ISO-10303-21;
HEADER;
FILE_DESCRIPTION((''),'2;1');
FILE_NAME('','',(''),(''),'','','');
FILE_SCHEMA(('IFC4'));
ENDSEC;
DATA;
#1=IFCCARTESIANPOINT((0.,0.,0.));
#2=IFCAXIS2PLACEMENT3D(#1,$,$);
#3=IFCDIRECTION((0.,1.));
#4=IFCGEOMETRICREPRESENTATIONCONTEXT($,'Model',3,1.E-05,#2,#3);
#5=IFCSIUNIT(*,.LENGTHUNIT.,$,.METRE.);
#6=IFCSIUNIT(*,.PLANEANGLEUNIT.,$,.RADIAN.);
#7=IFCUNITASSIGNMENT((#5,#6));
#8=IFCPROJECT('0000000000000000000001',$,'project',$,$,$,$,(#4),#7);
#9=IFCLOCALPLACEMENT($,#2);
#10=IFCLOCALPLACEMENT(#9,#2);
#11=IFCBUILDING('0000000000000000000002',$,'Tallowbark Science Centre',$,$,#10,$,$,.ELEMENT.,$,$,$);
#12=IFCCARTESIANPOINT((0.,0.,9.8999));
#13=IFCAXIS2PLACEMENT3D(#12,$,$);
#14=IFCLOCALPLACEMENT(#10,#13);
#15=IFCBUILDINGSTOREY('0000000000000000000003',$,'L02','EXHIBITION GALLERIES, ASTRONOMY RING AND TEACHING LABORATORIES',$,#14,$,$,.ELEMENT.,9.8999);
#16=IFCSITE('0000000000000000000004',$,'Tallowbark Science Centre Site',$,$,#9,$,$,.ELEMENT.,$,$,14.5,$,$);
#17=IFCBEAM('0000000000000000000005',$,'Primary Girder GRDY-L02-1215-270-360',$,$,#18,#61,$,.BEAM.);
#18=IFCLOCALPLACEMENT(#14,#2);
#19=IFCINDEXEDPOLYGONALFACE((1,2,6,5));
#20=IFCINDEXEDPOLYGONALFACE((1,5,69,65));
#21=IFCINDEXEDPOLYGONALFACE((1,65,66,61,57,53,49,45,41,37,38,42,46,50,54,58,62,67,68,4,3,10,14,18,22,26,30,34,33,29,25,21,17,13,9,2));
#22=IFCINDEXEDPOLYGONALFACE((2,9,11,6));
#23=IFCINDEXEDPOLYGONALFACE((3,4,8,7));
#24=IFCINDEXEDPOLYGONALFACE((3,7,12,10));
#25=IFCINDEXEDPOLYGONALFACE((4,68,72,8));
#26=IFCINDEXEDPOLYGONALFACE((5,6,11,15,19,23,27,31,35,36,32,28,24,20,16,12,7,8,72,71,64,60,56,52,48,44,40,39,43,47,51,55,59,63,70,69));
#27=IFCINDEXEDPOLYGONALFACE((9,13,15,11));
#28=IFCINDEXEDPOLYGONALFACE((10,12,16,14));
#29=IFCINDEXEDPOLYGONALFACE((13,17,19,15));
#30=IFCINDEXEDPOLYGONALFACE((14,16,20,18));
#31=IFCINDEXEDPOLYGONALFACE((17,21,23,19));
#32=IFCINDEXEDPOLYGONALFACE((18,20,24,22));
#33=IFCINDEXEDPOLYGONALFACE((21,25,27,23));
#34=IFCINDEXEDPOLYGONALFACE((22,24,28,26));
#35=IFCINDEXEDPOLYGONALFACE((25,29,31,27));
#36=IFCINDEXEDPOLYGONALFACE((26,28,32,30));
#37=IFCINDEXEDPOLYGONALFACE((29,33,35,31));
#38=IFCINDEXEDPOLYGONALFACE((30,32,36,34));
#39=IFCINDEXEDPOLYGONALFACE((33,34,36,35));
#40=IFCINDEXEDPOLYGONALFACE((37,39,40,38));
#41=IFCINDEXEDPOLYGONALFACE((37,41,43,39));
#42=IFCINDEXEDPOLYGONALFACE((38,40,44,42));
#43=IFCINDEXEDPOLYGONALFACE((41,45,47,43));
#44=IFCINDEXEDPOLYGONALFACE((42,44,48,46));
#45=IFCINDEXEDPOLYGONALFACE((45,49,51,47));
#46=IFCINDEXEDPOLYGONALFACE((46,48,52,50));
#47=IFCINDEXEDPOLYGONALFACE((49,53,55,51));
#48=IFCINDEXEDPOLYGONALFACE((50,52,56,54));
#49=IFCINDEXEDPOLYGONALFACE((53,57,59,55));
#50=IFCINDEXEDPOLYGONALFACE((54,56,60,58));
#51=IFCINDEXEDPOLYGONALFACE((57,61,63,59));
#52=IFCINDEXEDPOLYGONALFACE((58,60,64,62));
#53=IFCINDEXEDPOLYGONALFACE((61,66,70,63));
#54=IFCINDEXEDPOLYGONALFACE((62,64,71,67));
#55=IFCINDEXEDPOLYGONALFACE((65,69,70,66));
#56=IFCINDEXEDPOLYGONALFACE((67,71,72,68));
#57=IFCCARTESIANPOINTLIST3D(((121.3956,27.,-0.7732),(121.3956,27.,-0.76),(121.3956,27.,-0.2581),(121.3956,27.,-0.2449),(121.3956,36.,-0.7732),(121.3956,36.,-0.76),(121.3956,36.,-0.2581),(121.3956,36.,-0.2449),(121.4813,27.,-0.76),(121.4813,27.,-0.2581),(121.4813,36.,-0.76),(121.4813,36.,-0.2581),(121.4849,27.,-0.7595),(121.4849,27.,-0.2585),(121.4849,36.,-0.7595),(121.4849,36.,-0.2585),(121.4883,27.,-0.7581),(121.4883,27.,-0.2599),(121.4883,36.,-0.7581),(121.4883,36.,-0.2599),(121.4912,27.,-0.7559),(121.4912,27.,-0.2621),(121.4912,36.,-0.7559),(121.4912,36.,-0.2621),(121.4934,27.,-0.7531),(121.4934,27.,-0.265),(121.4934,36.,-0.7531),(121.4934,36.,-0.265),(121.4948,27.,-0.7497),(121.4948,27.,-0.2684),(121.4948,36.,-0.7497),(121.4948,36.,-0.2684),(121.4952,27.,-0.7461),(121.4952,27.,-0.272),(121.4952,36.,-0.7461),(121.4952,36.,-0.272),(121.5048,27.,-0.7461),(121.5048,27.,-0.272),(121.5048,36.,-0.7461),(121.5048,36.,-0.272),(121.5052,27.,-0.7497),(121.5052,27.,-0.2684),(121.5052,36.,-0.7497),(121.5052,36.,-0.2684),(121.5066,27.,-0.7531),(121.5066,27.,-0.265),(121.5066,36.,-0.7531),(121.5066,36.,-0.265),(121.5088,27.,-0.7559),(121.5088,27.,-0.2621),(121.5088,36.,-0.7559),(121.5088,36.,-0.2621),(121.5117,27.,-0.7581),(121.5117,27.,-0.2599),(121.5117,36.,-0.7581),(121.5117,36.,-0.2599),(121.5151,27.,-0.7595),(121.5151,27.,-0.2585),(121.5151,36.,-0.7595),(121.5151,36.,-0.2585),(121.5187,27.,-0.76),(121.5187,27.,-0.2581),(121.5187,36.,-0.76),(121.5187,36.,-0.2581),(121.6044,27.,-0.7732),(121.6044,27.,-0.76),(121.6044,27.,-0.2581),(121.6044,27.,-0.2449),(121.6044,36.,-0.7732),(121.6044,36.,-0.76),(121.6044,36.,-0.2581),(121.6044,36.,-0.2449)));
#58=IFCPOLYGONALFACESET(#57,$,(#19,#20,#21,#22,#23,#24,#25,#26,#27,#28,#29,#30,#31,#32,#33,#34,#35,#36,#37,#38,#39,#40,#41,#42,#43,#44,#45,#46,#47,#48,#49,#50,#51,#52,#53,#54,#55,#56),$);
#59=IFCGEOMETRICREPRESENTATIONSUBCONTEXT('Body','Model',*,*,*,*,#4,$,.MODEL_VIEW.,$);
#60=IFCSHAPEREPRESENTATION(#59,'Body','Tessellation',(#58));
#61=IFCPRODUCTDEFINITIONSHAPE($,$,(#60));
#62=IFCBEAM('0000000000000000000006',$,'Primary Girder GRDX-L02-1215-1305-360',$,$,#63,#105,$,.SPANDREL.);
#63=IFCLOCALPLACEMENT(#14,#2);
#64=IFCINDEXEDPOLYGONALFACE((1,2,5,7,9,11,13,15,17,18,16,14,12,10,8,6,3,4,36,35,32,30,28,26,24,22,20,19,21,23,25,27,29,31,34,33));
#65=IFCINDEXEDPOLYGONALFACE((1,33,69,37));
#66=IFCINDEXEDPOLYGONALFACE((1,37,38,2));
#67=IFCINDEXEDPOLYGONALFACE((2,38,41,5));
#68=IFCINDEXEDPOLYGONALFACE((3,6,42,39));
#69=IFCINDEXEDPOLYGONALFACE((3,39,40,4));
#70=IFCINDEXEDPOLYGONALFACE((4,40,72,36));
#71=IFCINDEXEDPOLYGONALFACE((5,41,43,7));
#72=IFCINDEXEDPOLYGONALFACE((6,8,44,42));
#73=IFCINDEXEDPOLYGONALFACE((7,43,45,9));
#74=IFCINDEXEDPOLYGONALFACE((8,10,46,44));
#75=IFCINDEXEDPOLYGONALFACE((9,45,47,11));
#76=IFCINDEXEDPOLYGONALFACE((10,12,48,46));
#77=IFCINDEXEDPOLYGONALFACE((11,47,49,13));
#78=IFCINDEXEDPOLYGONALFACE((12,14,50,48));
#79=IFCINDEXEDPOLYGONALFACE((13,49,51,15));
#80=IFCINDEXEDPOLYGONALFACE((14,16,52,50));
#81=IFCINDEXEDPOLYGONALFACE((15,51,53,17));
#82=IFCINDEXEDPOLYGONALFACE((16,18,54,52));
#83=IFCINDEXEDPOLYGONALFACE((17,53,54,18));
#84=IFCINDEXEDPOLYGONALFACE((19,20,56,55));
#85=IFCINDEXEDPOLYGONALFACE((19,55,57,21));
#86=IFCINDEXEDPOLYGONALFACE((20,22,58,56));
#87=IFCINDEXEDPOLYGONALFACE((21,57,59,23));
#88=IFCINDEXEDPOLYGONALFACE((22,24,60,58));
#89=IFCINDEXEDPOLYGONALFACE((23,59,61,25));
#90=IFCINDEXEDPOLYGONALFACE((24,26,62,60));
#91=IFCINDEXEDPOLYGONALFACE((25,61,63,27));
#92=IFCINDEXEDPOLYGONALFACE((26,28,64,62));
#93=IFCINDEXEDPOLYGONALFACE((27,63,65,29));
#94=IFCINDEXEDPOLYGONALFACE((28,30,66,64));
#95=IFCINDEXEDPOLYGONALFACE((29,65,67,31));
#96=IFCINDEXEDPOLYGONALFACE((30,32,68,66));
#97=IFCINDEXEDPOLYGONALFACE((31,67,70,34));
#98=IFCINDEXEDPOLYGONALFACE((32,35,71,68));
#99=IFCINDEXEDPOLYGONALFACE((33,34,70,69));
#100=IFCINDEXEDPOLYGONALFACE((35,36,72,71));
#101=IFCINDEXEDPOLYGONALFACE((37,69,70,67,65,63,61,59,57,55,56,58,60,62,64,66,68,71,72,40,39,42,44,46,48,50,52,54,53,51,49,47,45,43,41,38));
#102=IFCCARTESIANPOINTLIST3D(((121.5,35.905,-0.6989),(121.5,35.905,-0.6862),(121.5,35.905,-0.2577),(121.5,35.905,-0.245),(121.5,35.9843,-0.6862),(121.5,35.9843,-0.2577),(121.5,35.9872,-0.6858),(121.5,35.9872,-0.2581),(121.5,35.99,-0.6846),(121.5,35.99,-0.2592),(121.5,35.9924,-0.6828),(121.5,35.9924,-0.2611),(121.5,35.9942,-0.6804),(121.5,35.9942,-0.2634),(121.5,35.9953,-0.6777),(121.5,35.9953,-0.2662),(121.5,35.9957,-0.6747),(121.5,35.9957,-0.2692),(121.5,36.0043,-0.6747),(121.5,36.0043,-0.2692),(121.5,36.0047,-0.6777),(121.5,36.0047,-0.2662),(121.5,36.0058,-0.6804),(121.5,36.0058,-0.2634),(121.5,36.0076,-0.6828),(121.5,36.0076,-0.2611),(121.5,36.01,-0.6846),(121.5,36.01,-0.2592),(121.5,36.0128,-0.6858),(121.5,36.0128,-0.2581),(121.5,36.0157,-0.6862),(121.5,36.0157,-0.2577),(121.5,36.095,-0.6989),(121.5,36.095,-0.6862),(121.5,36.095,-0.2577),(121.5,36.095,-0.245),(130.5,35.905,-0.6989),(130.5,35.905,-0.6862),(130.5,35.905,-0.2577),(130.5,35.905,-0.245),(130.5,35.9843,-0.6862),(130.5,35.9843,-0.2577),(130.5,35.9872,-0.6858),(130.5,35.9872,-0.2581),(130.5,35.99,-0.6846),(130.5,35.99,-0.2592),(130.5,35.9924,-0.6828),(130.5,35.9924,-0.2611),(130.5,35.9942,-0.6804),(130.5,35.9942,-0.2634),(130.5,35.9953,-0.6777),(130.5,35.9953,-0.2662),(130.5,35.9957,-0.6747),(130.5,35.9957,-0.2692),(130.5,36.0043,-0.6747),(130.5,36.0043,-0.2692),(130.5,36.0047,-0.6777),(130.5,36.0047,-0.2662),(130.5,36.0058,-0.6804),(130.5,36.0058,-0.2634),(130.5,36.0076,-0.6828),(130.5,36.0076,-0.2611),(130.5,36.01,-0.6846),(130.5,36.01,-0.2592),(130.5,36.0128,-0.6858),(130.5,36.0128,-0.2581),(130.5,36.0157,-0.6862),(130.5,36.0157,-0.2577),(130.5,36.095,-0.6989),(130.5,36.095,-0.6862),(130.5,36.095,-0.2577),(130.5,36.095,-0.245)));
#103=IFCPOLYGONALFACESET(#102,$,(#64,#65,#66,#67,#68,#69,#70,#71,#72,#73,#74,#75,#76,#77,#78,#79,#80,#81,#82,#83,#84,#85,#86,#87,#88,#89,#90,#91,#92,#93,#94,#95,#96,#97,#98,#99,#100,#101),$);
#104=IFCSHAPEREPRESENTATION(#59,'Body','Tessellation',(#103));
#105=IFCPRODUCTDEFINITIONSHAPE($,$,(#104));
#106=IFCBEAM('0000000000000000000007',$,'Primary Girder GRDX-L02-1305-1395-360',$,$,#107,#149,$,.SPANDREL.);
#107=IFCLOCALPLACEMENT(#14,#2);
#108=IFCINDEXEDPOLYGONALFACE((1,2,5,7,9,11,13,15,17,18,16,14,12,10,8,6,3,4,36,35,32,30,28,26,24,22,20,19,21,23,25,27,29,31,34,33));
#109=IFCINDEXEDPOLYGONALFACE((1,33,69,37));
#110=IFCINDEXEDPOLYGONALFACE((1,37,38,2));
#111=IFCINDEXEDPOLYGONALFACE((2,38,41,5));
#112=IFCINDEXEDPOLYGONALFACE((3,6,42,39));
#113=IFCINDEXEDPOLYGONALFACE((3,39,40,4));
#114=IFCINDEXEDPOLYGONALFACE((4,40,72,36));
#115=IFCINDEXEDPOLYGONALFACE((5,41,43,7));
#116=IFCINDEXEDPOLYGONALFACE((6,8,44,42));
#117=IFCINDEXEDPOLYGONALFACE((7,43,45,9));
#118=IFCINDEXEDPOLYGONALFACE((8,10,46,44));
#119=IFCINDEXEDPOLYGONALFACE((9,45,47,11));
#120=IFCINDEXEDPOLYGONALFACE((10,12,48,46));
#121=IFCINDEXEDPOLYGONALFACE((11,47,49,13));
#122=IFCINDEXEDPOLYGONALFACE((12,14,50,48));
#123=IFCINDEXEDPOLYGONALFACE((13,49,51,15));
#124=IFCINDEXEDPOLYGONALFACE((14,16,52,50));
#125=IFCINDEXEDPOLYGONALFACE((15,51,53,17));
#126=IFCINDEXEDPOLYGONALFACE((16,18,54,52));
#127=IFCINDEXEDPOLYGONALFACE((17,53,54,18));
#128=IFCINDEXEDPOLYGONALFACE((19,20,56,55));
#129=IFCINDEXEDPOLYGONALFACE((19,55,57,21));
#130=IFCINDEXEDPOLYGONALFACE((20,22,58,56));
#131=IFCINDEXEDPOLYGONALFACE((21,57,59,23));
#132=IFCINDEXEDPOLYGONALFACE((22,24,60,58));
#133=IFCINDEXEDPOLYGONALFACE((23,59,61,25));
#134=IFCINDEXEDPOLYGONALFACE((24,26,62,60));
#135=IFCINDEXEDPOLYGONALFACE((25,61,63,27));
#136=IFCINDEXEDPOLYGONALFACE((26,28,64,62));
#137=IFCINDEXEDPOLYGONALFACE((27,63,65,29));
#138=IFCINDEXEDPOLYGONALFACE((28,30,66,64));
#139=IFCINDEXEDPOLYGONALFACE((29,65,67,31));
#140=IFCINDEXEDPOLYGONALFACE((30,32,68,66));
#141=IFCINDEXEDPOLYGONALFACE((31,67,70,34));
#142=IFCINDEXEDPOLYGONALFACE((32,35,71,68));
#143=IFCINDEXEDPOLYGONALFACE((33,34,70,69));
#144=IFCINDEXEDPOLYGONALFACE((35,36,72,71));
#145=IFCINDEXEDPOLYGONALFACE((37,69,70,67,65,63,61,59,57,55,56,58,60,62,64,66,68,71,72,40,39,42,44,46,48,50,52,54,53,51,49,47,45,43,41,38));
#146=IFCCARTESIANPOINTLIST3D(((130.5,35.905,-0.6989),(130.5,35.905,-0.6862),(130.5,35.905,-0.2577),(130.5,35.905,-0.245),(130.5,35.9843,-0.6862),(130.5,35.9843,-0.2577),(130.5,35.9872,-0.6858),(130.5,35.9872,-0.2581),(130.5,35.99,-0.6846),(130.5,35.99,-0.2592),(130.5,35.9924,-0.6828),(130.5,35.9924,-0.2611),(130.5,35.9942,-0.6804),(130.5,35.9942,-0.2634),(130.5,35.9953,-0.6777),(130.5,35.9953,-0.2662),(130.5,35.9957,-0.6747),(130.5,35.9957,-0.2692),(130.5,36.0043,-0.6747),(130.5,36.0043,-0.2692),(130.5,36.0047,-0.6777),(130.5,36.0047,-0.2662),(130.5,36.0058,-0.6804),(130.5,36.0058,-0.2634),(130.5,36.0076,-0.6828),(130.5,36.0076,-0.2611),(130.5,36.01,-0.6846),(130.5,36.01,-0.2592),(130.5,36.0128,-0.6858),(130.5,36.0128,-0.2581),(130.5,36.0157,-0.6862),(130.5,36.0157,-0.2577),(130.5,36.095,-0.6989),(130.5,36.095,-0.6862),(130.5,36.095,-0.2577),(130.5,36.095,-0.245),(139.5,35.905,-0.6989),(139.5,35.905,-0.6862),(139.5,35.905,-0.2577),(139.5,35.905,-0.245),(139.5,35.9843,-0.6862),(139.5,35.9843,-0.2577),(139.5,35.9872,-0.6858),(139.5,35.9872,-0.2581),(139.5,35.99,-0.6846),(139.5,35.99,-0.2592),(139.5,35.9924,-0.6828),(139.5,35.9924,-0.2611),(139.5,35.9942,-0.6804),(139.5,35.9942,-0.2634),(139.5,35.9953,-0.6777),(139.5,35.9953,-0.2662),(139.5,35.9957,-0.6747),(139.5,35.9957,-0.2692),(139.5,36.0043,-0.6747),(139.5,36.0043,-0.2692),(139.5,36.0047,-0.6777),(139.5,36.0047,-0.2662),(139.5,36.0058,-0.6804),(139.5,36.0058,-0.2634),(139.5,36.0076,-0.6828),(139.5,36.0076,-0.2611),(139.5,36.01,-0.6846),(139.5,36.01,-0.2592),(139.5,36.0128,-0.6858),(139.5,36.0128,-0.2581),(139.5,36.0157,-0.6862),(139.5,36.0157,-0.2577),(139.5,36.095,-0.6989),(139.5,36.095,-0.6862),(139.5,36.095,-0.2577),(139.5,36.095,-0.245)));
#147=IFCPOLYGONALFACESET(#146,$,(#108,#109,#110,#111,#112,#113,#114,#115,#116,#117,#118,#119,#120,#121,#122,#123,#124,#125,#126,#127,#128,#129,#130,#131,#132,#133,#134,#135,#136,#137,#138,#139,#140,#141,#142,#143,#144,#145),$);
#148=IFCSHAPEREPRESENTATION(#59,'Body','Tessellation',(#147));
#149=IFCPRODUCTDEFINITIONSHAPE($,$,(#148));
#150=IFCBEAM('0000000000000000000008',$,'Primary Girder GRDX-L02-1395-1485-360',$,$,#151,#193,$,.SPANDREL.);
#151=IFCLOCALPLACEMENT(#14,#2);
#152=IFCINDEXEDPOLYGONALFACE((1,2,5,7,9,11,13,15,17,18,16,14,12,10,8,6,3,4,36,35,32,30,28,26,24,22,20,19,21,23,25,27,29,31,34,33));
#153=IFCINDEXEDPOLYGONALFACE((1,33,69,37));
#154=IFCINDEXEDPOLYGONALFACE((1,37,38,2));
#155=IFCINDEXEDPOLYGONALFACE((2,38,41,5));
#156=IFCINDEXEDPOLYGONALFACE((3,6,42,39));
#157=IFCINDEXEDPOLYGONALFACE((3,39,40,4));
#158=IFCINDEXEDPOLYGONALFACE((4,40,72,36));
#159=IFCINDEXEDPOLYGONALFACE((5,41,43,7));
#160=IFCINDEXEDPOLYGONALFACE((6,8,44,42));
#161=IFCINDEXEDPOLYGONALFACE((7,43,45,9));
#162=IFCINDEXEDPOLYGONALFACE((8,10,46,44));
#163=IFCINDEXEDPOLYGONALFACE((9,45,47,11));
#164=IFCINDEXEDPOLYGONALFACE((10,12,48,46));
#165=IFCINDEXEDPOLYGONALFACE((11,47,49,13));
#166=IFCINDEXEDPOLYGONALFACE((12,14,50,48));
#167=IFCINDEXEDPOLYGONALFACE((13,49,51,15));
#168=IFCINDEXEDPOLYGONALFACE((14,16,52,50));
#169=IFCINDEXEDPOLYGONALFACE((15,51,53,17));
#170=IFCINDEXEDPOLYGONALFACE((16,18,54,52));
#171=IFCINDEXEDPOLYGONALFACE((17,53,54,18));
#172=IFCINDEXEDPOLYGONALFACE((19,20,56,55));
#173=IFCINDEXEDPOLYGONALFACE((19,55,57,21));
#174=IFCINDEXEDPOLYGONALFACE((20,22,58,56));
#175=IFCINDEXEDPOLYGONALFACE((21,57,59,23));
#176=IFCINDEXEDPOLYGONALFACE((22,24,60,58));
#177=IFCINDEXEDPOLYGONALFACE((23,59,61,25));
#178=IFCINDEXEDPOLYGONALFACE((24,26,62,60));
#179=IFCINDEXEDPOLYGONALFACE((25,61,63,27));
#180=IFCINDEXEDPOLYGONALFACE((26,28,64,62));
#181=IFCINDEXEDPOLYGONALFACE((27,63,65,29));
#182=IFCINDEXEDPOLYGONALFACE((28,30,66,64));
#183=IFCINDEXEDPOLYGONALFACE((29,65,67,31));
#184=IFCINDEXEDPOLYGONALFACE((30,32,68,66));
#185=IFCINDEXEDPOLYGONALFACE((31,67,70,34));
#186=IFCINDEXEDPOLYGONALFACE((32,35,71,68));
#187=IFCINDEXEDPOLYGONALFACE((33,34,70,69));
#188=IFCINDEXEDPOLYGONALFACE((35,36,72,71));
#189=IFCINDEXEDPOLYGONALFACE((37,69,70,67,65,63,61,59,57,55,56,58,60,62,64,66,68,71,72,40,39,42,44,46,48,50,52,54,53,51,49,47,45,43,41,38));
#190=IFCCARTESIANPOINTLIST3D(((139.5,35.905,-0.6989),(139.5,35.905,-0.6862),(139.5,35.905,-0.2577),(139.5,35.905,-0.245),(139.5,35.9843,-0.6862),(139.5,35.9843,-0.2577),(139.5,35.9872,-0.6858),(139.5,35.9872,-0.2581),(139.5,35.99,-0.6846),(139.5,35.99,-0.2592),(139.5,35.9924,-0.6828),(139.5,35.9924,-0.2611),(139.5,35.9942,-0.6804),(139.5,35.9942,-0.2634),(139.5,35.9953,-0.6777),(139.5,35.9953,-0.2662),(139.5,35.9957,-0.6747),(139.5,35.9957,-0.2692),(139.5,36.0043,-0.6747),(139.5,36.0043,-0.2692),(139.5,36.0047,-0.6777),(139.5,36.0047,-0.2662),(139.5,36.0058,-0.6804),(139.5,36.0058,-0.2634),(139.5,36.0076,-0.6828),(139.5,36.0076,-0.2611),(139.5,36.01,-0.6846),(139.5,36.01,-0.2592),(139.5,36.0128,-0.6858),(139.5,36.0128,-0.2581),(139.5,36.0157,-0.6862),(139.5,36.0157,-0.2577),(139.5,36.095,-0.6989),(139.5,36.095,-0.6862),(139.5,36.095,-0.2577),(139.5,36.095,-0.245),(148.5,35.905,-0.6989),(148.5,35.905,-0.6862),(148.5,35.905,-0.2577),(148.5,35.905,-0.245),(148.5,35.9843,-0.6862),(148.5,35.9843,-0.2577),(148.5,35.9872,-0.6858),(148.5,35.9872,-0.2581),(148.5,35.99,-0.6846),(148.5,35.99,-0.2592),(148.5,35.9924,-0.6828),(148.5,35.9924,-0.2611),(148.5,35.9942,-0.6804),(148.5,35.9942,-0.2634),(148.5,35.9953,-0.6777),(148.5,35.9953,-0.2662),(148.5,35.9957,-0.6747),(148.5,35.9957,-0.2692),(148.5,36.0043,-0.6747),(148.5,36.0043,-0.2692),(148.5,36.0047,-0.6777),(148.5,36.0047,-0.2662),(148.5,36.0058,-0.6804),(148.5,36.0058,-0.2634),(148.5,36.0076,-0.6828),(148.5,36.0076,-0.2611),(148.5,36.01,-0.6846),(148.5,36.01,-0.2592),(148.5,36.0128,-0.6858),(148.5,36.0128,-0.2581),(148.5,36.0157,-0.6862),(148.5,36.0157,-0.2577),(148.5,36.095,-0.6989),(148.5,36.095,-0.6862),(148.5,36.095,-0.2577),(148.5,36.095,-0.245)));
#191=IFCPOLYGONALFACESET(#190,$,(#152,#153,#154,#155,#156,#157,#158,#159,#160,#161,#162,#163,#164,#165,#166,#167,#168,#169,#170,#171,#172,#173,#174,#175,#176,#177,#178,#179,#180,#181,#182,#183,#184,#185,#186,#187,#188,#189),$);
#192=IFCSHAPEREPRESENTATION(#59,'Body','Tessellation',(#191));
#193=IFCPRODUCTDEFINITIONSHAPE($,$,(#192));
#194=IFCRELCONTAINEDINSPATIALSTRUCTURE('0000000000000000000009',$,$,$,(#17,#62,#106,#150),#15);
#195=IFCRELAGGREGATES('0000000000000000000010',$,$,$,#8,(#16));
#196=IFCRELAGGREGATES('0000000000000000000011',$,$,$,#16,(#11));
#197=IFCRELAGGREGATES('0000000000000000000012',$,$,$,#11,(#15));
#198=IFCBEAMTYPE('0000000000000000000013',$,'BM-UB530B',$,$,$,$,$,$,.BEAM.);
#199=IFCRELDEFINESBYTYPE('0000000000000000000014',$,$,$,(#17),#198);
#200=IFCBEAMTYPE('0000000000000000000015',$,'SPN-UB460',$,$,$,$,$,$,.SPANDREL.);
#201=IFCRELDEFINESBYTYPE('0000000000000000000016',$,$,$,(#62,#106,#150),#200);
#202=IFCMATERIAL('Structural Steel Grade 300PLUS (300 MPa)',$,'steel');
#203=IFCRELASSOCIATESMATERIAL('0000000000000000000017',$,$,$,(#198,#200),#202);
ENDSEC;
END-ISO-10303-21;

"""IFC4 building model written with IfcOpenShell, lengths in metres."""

from ifc_helpers import new_model, si_unit, direction, frame, origin, origin_2d, place, context, subcontext, project, spatial, i_section, extrude, material, material_profile, profile_set, type_object, element, save


model = new_model("IFC4")

# Units and contexts
model_context = context("Model", 3, precision=1e-05, world=origin(), true_north=direction((0.0, 1.0)))
body_context = subcontext(model_context, "Body", "Model", "MODEL_VIEW")
ifc_project = project(units=[si_unit("LENGTHUNIT", "METRE"), si_unit("PLANEANGLEUNIT", "RADIAN")], contexts=[model_context])

# Site, building, storey
site_placement = place(None, origin())
site = spatial("IfcSite", under=ifc_project, at=site_placement, Name="Tallowbark Science Centre Site", CompositionType="ELEMENT", RefElevation=14.5)
building_placement = place(site_placement, origin())
building = spatial("IfcBuilding", under=site, at=building_placement, Name="Tallowbark Science Centre", CompositionType="ELEMENT")
storey_placement = place(building_placement, frame((0.0, 0.0, 9.8999)))
storey = spatial("IfcBuildingStorey", under=building, at=storey_placement, Name="L02", Description="EXHIBITION GALLERIES, ASTRONOMY RING AND TEACHING LABORATORIES", CompositionType="ELEMENT", Elevation=9.8999)

# Shared definitions
ifc_material_1 = material(Name="Structural Steel Grade 300PLUS (300 MPa)", Category="steel")

# Beams
ifc_material_profile_1 = material_profile(ifc_material_1, i_section(OverallWidth=0.2087, OverallDepth=0.5283, WebThickness=0.0095, FlangeThickness=0.0132, FilletRadius=0.0139, at=origin_2d()), Name="530UB82.0")
ifc_profile_set_1 = profile_set([ifc_material_profile_1], Name="Structural Steel Grade 300PLUS (300 MPa)")
beam_type_1 = type_object("IfcBeamType", Name="BM-UB530B", PredefinedType="BEAM", material=ifc_profile_set_1)
beam_placement = place(storey_placement, frame((121.5, 27.0, -0.509), z_axis=(0.0, 1.0, 0.0), x_axis=(-1.0, 0.0, 0.0)))
element("IfcBeam", 1, at=beam_placement, inside=storey, type_object=beam_type_1, Name="Primary Girder GRDY-L02-1215-270-360", PredefinedType="BEAM", context=body_context, shape_type="SweptSolid", body=[
    extrude(i_section(OverallWidth=0.2087, OverallDepth=0.5283, WebThickness=0.0095, FlangeThickness=0.0132, FilletRadius=0.0139, at=origin_2d()), origin(), (0.0, 0.0, 1.0), 9.0),
])
ifc_material_profile_2 = material_profile(ifc_material_1, i_section(OverallWidth=0.1899, OverallDepth=0.4539, WebThickness=0.0085, FlangeThickness=0.0127, FilletRadius=0.0115, at=origin_2d()), Name="460UB67.1")
ifc_profile_set_2 = profile_set([ifc_material_profile_2], Name="Structural Steel Grade 300PLUS (300 MPa)")
beam_type_2 = type_object("IfcBeamType", Name="SPN-UB460", PredefinedType="SPANDREL", material=ifc_profile_set_2)
for number, where, z_axis, x_axis, name in (
    (2, (121.5, 36.0, -0.4719), (1.0, 0.0, 0.0), (0.0, 1.0, 0.0), "Primary Girder GRDX-L02-1215-1305-360"),
    (3, (130.5, 36.0, -0.4719), (1.0, 0.0, 0.0), (0.0, 1.0, 0.0), "Primary Girder GRDX-L02-1305-1395-360"),
    (4, (139.5, 36.0, -0.4719), (1.0, 0.0, 0.0), (0.0, 1.0, 0.0), "Primary Girder GRDX-L02-1395-1485-360"),
):
    element("IfcBeam", number, at=place(storey_placement, frame(where, z_axis=z_axis, x_axis=x_axis)), inside=storey, type_object=beam_type_2, Name=name, PredefinedType="SPANDREL", context=body_context, shape_type="SweptSolid", body=[
        extrude(i_section(OverallWidth=0.1899, OverallDepth=0.4539, WebThickness=0.0085, FlangeThickness=0.0127, FilletRadius=0.0115, at=origin_2d()), origin(), (0.0, 0.0, 1.0), 9.0),
    ])

save(model, "model.ifc")
